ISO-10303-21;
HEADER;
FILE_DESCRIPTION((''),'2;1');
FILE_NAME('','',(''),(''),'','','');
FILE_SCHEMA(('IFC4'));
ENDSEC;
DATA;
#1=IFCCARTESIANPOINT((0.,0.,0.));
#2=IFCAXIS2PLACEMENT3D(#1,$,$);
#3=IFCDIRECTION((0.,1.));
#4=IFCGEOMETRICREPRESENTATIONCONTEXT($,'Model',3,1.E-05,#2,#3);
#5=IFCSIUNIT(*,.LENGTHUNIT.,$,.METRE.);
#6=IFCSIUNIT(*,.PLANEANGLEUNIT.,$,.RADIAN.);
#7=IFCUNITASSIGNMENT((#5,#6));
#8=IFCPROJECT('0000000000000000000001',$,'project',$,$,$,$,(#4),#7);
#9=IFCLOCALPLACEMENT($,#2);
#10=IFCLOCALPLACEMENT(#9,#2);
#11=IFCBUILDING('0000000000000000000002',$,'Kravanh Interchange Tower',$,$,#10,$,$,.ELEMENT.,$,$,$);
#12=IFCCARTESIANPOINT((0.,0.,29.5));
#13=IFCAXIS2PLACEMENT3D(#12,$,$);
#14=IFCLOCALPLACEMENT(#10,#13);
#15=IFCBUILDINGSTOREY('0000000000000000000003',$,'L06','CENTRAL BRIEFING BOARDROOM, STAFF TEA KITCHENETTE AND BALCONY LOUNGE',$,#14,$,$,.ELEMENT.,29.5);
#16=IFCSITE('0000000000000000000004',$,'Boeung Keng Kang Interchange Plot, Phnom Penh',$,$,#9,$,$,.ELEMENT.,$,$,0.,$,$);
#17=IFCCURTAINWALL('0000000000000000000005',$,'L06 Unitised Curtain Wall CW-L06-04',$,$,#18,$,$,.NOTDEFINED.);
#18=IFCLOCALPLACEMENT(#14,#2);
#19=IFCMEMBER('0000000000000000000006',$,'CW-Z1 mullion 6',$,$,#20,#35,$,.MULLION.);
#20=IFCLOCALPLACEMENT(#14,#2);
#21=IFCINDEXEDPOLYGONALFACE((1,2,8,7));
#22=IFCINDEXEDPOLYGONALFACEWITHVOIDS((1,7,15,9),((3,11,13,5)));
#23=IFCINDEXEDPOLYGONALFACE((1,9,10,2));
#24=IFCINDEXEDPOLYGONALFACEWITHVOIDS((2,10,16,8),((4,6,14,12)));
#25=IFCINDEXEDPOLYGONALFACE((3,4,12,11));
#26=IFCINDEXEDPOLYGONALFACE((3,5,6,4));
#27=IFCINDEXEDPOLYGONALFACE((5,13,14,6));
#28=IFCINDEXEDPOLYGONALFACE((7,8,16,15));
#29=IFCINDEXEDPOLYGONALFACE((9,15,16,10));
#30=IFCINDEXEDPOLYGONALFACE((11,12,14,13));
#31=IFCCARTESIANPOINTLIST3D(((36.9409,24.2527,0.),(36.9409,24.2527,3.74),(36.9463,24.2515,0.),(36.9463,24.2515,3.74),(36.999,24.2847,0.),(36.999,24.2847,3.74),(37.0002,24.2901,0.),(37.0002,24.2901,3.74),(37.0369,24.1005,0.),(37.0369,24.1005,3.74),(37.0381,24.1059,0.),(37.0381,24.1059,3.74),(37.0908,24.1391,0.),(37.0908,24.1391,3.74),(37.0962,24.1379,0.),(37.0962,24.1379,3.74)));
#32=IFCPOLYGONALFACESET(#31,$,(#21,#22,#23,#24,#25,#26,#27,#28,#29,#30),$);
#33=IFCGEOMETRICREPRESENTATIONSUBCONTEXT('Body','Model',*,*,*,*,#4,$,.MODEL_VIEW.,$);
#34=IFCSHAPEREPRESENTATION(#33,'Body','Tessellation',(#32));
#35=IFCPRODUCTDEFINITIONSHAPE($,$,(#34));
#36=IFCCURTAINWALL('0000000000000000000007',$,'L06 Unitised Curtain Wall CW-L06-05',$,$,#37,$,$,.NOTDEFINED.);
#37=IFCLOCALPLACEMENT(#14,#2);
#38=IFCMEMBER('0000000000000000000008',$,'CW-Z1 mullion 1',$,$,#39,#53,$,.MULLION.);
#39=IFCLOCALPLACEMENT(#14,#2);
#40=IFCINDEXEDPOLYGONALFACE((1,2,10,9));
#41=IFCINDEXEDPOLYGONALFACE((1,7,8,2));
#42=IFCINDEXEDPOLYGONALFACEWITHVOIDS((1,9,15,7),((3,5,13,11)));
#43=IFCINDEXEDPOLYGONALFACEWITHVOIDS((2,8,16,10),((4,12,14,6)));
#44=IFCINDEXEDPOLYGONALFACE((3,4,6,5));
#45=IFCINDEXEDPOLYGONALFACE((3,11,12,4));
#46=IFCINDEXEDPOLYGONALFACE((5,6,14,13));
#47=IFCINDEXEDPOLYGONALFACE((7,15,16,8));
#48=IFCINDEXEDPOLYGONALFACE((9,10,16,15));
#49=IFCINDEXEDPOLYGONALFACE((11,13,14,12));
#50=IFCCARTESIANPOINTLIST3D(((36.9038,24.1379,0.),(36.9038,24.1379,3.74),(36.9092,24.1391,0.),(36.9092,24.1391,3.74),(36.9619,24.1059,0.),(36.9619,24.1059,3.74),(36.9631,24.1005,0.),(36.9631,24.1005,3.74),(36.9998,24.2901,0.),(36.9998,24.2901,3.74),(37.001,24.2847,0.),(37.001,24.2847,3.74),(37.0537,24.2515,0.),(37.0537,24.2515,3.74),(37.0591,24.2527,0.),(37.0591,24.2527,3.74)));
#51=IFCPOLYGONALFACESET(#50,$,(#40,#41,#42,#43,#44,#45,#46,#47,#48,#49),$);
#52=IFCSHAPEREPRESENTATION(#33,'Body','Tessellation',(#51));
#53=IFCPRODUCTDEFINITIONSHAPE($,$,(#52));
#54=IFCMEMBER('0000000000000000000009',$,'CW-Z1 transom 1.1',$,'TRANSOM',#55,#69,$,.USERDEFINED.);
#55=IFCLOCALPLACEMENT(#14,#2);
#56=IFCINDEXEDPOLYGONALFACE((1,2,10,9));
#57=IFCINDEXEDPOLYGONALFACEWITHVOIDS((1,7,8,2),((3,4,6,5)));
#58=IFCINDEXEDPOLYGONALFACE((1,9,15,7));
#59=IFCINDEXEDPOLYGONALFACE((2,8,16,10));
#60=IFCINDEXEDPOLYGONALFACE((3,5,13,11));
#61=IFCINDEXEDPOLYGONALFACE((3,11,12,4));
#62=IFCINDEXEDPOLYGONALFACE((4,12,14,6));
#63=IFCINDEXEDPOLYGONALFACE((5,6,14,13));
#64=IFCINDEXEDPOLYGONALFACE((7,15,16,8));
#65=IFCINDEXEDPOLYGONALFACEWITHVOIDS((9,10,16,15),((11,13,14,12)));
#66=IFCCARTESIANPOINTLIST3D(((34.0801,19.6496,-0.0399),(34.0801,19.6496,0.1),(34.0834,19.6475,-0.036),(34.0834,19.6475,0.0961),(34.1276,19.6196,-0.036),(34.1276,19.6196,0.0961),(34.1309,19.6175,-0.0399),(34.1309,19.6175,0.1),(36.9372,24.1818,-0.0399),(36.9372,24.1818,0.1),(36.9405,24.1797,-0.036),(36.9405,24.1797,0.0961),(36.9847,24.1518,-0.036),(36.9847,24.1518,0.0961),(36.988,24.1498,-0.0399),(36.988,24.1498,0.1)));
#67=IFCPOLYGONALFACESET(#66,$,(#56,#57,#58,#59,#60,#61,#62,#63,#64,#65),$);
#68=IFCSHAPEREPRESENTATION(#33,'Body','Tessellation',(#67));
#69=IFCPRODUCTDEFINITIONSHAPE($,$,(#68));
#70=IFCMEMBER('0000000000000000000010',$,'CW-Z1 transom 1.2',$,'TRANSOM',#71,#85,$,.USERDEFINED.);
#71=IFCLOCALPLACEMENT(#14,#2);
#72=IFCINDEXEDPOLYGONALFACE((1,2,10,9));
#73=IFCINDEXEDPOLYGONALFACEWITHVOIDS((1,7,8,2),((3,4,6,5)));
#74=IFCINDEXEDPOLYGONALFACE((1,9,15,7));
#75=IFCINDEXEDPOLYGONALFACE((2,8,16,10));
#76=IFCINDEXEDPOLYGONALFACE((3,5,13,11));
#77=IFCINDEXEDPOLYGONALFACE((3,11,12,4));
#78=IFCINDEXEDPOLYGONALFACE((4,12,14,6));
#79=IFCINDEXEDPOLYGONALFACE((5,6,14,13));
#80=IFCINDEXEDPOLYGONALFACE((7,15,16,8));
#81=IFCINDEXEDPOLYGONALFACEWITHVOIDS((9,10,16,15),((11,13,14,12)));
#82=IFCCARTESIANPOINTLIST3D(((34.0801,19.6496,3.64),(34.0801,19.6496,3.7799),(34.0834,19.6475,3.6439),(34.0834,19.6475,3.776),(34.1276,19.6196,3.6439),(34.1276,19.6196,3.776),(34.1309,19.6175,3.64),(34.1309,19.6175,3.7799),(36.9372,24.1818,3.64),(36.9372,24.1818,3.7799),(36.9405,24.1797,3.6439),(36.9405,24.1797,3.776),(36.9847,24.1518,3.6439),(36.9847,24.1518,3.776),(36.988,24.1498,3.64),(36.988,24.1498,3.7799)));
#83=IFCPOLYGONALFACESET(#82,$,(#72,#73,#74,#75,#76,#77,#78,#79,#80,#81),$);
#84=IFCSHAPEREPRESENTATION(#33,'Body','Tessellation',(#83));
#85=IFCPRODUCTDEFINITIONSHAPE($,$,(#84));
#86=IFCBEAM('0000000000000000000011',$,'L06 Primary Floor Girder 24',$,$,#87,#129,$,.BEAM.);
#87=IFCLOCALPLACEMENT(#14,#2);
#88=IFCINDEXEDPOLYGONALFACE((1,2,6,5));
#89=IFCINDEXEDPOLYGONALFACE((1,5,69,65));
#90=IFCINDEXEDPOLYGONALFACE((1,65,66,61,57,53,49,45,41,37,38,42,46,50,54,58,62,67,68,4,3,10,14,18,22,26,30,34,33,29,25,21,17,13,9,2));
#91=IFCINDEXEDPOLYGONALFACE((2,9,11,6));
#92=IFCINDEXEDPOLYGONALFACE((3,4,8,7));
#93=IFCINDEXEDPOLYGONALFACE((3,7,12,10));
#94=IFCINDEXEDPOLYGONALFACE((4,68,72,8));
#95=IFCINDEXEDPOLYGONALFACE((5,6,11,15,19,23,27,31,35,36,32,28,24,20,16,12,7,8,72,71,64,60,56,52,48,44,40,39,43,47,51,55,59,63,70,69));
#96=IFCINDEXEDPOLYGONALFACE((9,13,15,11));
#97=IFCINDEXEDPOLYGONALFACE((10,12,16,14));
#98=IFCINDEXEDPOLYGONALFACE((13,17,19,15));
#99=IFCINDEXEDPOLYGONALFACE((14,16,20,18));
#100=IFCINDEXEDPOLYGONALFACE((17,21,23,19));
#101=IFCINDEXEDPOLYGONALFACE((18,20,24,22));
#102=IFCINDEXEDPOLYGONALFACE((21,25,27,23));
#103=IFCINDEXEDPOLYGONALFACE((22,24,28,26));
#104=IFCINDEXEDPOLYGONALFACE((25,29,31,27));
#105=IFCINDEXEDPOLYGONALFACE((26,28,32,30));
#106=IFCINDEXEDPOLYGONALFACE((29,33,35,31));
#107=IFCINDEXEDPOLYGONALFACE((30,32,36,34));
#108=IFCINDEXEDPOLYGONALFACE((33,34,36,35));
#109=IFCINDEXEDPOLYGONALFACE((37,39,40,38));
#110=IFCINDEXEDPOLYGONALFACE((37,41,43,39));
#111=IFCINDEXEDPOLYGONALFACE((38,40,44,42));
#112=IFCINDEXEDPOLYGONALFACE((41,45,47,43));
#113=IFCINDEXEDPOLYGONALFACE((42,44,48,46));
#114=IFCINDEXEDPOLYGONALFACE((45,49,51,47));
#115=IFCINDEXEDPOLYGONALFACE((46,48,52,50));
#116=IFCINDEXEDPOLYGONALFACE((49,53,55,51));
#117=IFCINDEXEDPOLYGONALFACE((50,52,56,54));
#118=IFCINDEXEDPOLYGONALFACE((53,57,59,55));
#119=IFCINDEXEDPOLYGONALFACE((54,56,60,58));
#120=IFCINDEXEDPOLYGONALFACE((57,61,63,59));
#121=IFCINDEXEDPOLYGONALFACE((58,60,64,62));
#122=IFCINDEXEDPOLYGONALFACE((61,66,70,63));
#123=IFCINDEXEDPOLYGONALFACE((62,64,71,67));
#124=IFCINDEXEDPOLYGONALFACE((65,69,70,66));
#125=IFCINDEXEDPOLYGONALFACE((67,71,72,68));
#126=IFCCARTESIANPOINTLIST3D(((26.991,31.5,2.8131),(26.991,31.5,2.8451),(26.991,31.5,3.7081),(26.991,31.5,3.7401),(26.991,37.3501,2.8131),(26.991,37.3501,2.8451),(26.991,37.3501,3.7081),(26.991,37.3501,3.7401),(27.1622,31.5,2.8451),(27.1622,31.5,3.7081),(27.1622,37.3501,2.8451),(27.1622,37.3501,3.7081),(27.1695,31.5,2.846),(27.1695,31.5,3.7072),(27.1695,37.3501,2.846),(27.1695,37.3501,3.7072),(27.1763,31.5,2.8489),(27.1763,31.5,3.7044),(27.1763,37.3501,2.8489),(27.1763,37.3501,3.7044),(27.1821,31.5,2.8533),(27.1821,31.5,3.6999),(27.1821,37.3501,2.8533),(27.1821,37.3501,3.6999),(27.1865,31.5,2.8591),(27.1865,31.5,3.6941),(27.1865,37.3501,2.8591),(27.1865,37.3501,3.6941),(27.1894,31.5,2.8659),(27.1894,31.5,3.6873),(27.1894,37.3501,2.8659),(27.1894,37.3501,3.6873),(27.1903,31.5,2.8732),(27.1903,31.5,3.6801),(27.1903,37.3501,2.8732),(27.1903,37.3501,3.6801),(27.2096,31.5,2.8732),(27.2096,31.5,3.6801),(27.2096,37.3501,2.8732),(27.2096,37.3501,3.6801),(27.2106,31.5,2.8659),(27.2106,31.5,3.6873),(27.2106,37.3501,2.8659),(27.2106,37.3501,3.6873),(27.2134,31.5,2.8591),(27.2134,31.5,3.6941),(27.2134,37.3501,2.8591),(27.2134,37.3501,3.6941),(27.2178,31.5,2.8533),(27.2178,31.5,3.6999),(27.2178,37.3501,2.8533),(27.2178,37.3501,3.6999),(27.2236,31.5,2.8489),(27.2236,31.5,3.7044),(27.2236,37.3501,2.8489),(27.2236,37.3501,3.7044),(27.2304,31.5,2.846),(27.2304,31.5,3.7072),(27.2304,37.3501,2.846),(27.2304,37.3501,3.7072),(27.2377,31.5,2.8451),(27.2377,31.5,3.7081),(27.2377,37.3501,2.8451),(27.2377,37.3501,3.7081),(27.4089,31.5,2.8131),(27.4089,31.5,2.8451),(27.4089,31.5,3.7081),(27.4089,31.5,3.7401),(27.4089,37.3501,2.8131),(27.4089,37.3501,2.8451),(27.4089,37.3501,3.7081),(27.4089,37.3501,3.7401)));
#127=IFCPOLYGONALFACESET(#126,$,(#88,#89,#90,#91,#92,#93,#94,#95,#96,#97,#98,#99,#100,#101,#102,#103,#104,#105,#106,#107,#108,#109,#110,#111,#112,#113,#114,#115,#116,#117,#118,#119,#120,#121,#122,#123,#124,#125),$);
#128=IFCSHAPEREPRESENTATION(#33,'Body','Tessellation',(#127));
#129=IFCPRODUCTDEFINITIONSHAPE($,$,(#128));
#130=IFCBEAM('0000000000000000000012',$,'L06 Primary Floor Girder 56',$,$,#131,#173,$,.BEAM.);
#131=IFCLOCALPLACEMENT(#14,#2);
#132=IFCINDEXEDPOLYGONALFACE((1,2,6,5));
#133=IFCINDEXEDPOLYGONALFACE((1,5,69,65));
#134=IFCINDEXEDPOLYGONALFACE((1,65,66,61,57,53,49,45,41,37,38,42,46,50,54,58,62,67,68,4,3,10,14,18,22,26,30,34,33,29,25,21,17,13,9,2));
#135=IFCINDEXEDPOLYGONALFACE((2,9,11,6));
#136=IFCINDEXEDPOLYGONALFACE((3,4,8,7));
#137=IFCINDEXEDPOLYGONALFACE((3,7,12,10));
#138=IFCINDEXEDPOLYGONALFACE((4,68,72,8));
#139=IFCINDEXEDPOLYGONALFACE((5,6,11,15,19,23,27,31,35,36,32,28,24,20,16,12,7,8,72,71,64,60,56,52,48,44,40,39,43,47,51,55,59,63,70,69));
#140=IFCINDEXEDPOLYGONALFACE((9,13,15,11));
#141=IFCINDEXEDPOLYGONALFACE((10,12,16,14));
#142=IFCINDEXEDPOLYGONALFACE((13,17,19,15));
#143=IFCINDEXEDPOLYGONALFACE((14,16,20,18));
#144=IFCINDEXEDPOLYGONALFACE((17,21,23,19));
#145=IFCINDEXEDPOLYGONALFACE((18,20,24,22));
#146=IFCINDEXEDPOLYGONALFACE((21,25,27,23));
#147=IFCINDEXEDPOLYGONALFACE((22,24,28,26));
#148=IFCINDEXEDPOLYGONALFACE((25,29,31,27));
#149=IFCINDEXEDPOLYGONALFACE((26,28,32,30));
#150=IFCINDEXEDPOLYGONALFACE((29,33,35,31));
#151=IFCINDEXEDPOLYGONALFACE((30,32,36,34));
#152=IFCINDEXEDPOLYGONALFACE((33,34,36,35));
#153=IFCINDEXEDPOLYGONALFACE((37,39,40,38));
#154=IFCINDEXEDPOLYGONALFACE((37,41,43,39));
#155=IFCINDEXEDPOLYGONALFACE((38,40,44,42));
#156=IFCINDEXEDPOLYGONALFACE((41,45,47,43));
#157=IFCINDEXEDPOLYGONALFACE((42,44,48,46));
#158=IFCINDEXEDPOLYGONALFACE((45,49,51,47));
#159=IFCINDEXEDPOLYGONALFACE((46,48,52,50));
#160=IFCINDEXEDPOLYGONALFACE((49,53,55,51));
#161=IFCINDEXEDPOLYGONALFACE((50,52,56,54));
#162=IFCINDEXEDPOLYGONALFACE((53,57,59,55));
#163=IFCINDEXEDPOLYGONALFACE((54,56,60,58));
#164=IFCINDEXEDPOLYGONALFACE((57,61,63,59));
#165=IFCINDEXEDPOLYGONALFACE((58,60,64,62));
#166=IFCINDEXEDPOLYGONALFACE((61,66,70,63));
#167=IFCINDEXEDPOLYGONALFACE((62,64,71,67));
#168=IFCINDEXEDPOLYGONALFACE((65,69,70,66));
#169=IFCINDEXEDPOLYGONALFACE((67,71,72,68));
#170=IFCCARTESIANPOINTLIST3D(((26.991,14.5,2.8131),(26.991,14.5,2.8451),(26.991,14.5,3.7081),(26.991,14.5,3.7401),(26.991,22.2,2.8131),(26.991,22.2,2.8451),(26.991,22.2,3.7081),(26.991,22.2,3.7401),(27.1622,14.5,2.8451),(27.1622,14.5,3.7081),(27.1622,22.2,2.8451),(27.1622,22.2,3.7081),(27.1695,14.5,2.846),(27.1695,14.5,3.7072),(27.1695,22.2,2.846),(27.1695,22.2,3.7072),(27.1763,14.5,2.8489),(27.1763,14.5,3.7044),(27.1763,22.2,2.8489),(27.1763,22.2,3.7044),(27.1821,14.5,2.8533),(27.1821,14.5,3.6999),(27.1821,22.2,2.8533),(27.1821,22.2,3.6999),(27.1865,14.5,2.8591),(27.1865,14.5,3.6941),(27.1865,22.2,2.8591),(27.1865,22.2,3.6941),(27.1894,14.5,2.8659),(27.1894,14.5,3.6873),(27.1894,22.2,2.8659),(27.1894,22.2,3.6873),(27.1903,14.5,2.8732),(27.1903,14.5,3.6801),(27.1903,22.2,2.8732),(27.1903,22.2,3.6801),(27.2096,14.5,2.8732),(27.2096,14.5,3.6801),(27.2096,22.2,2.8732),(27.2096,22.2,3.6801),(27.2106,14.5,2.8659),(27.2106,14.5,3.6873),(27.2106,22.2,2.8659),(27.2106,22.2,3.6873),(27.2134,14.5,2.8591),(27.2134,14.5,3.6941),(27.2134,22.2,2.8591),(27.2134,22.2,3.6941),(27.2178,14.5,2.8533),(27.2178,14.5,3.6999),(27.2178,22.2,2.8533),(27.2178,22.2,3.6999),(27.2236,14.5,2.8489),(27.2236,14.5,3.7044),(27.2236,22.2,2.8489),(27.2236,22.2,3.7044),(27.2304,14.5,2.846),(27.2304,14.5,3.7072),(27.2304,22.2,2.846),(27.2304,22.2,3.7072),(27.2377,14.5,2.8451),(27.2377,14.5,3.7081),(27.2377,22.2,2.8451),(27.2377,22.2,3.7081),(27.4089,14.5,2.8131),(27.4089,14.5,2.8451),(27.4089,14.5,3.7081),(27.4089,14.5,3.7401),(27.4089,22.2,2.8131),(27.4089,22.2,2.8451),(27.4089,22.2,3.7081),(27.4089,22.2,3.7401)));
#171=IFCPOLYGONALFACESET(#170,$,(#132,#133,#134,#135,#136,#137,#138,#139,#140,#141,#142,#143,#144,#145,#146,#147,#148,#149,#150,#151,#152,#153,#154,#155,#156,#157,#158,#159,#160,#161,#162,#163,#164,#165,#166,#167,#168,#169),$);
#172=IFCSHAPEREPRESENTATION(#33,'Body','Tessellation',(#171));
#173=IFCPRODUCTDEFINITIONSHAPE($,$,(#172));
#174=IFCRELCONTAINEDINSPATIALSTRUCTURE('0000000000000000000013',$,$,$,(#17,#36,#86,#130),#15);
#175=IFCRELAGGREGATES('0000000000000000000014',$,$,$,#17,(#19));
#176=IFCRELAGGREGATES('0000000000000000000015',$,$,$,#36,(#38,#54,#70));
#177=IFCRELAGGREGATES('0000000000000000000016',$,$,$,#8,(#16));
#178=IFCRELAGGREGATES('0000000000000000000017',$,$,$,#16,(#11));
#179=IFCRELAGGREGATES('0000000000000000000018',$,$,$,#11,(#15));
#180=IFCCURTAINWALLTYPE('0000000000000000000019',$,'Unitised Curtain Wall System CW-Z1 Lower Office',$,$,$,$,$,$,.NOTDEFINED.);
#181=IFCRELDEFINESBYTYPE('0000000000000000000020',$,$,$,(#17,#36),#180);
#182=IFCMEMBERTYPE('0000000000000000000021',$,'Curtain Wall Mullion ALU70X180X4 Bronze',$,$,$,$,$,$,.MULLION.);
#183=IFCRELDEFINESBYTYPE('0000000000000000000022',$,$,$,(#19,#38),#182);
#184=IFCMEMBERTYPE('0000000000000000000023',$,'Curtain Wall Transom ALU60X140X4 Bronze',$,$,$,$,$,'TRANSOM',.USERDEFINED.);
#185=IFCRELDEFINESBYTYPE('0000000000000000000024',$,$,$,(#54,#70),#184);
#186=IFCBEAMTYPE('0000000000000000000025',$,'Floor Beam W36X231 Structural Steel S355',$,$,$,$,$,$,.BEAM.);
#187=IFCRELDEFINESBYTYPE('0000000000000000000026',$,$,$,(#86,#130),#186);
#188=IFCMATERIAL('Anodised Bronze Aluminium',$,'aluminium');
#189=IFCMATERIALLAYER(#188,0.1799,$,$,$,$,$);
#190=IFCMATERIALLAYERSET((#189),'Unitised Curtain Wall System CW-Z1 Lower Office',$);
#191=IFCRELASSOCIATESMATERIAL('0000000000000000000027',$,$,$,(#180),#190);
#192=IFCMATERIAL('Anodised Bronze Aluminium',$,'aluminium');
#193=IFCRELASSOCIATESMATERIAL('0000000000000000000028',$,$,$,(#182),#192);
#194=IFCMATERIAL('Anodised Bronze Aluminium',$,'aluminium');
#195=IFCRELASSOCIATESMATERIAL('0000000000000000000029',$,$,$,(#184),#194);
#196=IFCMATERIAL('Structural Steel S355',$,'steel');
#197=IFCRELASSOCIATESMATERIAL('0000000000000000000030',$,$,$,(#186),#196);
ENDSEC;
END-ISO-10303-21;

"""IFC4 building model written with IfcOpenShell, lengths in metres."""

from ifc_helpers import new_model, si_unit, direction, frame, origin, origin_2d, place, context, subcontext, project, spatial, hollow_rectangle, i_section, extrude, material, layer, layer_set, material_profile, profile_set, type_object, element, aggregate, save


model = new_model("IFC4")

# Units and contexts
model_context = context("Model", 3, precision=1e-05, world=origin(), true_north=direction((0.0, 1.0)))
body_context = subcontext(model_context, "Body", "Model", "MODEL_VIEW")
ifc_project = project(units=[si_unit("LENGTHUNIT", "METRE"), si_unit("PLANEANGLEUNIT", "RADIAN")], contexts=[model_context])

# Site, building, storey
site_placement = place(None, origin())
site = spatial("IfcSite", under=ifc_project, at=site_placement, Name="Boeung Keng Kang Interchange Plot, Phnom Penh", CompositionType="ELEMENT", RefElevation=0.0)
building_placement = place(site_placement, origin())
building = spatial("IfcBuilding", under=site, at=building_placement, Name="Kravanh Interchange Tower", CompositionType="ELEMENT")
storey_placement = place(building_placement, frame((0.0, 0.0, 29.5)))
storey = spatial("IfcBuildingStorey", under=building, at=storey_placement, Name="L06", Description="CENTRAL BRIEFING BOARDROOM, STAFF TEA KITCHENETTE AND BALCONY LOUNGE", CompositionType="ELEMENT", Elevation=29.5)

# Curtain wall, member
ifc_material_1 = material(Name="Anodised Bronze Aluminium", Category="aluminium")
ifc_layer_1 = layer(ifc_material_1, 0.1799)
ifc_layer_set_1 = layer_set([ifc_layer_1], Name="Unitised Curtain Wall System CW-Z1 Lower Office")
curtain_wall_type = type_object("IfcCurtainWallType", Name="Unitised Curtain Wall System CW-Z1 Lower Office", PredefinedType="NOTDEFINED", material=ifc_layer_set_1)
curtain_wall_1_placement = place(storey_placement, origin())
curtain_wall_1 = element("IfcCurtainWall", 1, at=curtain_wall_1_placement, inside=storey, type_object=curtain_wall_type, Name="L06 Unitised Curtain Wall CW-L06-04", PredefinedType="NOTDEFINED")
ifc_material_2 = material(Name="Anodised Bronze Aluminium", Category="aluminium")
ifc_material_profile_1 = material_profile(ifc_material_2, hollow_rectangle(XDim=0.0701, YDim=0.1799, WallThickness=0.0039, at=origin_2d()), Name="ALU70X180X4")
ifc_profile_set_1 = profile_set([ifc_material_profile_1], Name="Anodised Bronze Aluminium")
member_type_1 = type_object("IfcMemberType", Name="Curtain Wall Mullion ALU70X180X4 Bronze", PredefinedType="MULLION", material=ifc_profile_set_1)
member_1_placement = place(storey_placement, frame((37.0186, 24.1953, 0.0), z_axis=(0.0, 0.0, 1.0), x_axis=(-0.845926, -0.533301, 0.0)))
member_1 = element("IfcMember", 2, at=member_1_placement, type_object=member_type_1, Name="CW-Z1 mullion 6", PredefinedType="MULLION", context=body_context, shape_type="SweptSolid", body=[
    extrude(hollow_rectangle(XDim=0.0701, YDim=0.1799, WallThickness=0.0039, at=origin_2d()), origin(), (0.0, 0.0, 1.0), 3.74),
])
aggregate(curtain_wall_1, [member_1])

# Curtain wall, members
curtain_wall_2_placement = place(storey_placement, origin())
curtain_wall_2 = element("IfcCurtainWall", 3, at=curtain_wall_2_placement, inside=storey, type_object=curtain_wall_type, Name="L06 Unitised Curtain Wall CW-L06-05", PredefinedType="NOTDEFINED")
member_2_placement = place(storey_placement, frame((36.9814, 24.1953, 0.0), z_axis=(0.0, 0.0, 1.0), x_axis=(0.845926, -0.533301, 0.0)))
member_2 = element("IfcMember", 4, at=member_2_placement, type_object=member_type_1, Name="CW-Z1 mullion 1", PredefinedType="MULLION", context=body_context, shape_type="SweptSolid", body=[
    extrude(hollow_rectangle(XDim=0.0701, YDim=0.1799, WallThickness=0.0039, at=origin_2d()), origin(), (0.0, 0.0, 1.0), 3.74),
])
ifc_material_3 = material(Name="Anodised Bronze Aluminium", Category="aluminium")
ifc_material_profile_2 = material_profile(ifc_material_3, hollow_rectangle(XDim=0.0601, YDim=0.1399, WallThickness=0.0039, at=origin_2d()), Name="ALU60X140X4")
ifc_profile_set_2 = profile_set([ifc_material_profile_2], Name="Anodised Bronze Aluminium")
member_type_2 = type_object("IfcMemberType", Name="Curtain Wall Transom ALU60X140X4 Bronze", ElementType="TRANSOM", PredefinedType="USERDEFINED", material=ifc_profile_set_2)
member_3_placement = place(storey_placement, frame((36.9626, 24.1658, 0.03), z_axis=(-0.533288, -0.845934, 0.0), x_axis=(0.845934, -0.533288, 0.0)))
member_3 = element("IfcMember", 5, at=member_3_placement, type_object=member_type_2, Name="CW-Z1 transom 1.1", ObjectType="TRANSOM", PredefinedType="USERDEFINED", context=body_context, shape_type="SweptSolid", body=[
    extrude(hollow_rectangle(XDim=0.0601, YDim=0.1399, WallThickness=0.0039, at=origin_2d()), origin(), (0.0, 0.0, 1.0), 5.3577),
])
member_4_placement = place(storey_placement, frame((36.9626, 24.1658, 3.71), z_axis=(-0.533288, -0.845934, 0.0), x_axis=(0.845934, -0.533288, 0.0)))
member_4 = element("IfcMember", 6, at=member_4_placement, type_object=member_type_2, Name="CW-Z1 transom 1.2", ObjectType="TRANSOM", PredefinedType="USERDEFINED", context=body_context, shape_type="SweptSolid", body=[
    extrude(hollow_rectangle(XDim=0.0601, YDim=0.1399, WallThickness=0.0039, at=origin_2d()), origin(), (0.0, 0.0, 1.0), 5.3577),
])
aggregate(curtain_wall_2, [member_2, member_3, member_4])

# Beams
ifc_material_4 = material(Name="Structural Steel S355", Category="steel")
ifc_material_profile_3 = material_profile(ifc_material_4, i_section(OverallWidth=0.418, OverallDepth=0.927, WebThickness=0.0193, FlangeThickness=0.032, FilletRadius=0.0281, at=origin_2d()), Name="W36X231")
ifc_profile_set_3 = profile_set([ifc_material_profile_3], Name="Structural Steel S355")
beam_type_1 = type_object("IfcBeamType", Name="Floor Beam W36X231 Structural Steel S355", PredefinedType="BEAM", material=ifc_profile_set_3)
beam_1_placement = place(storey_placement, frame((27.2, 37.3501, 3.2766), z_axis=(0.0, -1.0, 0.0), x_axis=(1.0, 0.0, 0.0)))
element("IfcBeam", 7, at=beam_1_placement, inside=storey, type_object=beam_type_1, Name="L06 Primary Floor Girder 24", PredefinedType="BEAM", context=body_context, shape_type="SweptSolid", body=[
    extrude(i_section(OverallWidth=0.418, OverallDepth=0.927, WebThickness=0.0193, FlangeThickness=0.032, FilletRadius=0.0281, at=origin_2d()), origin(), (0.0, 0.0, 1.0), 5.8501),
])
beam_2_placement = place(storey_placement, frame((27.2, 22.2, 3.2766), z_axis=(0.0, -1.0, 0.0), x_axis=(1.0, 0.0, 0.0)))
element("IfcBeam", 8, at=beam_2_placement, inside=storey, type_object=beam_type_1, Name="L06 Primary Floor Girder 56", PredefinedType="BEAM", context=body_context, shape_type="SweptSolid", body=[
    extrude(i_section(OverallWidth=0.418, OverallDepth=0.927, WebThickness=0.0193, FlangeThickness=0.032, FilletRadius=0.0281, at=origin_2d()), origin(), (0.0, 0.0, 1.0), 7.7),
])

save(model, "model.ifc")
